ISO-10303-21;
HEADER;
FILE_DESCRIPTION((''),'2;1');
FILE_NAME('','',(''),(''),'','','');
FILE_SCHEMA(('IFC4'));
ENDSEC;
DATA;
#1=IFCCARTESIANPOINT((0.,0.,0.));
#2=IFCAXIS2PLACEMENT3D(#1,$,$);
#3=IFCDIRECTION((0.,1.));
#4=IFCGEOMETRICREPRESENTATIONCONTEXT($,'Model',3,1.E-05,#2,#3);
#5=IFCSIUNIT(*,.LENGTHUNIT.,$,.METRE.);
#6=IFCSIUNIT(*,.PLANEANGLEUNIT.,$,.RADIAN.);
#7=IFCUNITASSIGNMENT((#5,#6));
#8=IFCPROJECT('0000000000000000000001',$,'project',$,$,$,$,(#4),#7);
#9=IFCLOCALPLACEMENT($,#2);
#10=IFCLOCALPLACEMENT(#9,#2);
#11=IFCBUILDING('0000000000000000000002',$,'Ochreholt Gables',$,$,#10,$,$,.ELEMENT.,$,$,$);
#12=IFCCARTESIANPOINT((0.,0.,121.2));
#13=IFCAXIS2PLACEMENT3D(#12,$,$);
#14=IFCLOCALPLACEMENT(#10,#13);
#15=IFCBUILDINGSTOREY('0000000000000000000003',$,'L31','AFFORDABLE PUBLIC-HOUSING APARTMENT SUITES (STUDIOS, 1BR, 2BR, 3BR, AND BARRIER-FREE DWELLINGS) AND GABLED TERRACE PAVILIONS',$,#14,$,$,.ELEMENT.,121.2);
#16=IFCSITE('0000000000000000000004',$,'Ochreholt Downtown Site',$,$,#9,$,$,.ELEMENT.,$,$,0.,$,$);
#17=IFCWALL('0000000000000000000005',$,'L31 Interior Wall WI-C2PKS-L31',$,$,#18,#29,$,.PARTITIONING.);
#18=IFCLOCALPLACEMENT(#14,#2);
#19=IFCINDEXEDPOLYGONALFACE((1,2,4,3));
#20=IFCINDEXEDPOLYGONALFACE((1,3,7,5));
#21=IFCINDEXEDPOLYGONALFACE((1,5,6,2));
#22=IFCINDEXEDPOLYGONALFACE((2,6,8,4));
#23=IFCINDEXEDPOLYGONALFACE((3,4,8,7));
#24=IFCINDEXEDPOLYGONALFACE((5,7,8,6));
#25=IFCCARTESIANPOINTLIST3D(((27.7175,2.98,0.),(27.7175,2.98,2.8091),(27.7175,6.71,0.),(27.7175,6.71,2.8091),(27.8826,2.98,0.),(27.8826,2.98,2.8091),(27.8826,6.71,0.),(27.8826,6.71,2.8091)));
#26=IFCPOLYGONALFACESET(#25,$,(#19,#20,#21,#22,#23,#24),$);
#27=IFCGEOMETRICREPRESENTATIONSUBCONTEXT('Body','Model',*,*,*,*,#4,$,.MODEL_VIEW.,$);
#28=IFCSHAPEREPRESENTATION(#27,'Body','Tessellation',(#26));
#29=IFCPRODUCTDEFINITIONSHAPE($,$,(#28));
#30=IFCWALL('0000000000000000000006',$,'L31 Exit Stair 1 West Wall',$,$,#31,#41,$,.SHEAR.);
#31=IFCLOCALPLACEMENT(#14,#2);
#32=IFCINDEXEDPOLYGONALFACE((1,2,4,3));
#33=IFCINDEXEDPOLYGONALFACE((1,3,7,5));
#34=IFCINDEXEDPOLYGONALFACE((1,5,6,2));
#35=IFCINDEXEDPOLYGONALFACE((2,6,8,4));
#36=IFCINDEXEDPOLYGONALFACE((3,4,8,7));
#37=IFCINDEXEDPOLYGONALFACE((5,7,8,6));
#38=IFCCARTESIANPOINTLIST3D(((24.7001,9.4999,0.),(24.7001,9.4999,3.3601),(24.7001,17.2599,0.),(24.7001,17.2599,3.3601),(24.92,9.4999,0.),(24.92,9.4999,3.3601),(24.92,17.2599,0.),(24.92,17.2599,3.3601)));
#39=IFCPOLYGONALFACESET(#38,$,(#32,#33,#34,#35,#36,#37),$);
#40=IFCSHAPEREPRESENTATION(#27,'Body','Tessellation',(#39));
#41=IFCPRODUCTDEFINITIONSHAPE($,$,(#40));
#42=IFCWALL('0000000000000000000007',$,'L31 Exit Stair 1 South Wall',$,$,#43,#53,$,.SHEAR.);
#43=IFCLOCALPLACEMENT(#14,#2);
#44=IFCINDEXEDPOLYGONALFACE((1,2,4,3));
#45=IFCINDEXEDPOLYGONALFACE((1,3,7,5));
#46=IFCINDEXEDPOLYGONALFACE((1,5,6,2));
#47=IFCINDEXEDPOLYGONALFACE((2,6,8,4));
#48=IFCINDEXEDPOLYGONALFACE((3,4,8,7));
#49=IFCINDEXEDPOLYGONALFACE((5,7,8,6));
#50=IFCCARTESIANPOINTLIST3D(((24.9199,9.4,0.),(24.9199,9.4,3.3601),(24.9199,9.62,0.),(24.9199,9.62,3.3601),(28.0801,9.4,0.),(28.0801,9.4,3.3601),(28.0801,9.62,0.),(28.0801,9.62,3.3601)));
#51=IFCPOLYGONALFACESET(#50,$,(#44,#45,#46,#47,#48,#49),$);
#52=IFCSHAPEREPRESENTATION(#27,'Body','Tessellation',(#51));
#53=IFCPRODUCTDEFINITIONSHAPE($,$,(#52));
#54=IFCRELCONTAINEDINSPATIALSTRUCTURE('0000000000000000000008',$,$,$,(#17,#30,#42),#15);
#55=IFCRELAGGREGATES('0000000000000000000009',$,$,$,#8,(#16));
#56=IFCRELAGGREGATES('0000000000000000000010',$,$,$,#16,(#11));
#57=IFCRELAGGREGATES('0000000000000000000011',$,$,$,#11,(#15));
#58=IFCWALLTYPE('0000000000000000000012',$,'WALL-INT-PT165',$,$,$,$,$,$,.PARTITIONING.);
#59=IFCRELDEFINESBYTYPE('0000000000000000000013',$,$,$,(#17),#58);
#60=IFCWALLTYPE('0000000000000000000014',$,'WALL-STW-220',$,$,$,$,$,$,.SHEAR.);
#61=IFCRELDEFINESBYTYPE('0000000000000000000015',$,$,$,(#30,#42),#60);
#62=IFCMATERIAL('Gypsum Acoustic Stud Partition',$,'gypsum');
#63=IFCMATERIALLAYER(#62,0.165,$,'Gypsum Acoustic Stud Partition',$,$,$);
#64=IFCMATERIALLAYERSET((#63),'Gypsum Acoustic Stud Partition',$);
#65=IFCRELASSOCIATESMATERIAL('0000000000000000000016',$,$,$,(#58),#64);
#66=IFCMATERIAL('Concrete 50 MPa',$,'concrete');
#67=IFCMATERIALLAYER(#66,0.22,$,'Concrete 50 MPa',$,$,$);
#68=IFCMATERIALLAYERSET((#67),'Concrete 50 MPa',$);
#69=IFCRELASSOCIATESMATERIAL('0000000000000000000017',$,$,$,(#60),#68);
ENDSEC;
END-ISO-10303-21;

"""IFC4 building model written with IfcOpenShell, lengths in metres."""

from ifc_helpers import new_model, si_unit, direction, frame, frame_2d, origin, place, context, subcontext, project, spatial, rectangle, extrude, material, layer, layer_set, type_object, element, save


model = new_model("IFC4")

# Units and contexts
model_context = context("Model", 3, precision=1e-05, world=origin(), true_north=direction((0.0, 1.0)))
body_context = subcontext(model_context, "Body", "Model", "MODEL_VIEW")
ifc_project = project(units=[si_unit("LENGTHUNIT", "METRE"), si_unit("PLANEANGLEUNIT", "RADIAN")], contexts=[model_context])

# Site, building, storey
site_placement = place(None, origin())
site = spatial("IfcSite", under=ifc_project, at=site_placement, Name="Ochreholt Downtown Site", CompositionType="ELEMENT", RefElevation=0.0)
building_placement = place(site_placement, origin())
building = spatial("IfcBuilding", under=site, at=building_placement, Name="Ochreholt Gables", CompositionType="ELEMENT")
storey_placement = place(building_placement, frame((0.0, 0.0, 121.2)))
storey = spatial("IfcBuildingStorey", under=building, at=storey_placement, Name="L31", Description="AFFORDABLE PUBLIC-HOUSING APARTMENT SUITES (STUDIOS, 1BR, 2BR, 3BR, AND BARRIER-FREE DWELLINGS) AND GABLED TERRACE PAVILIONS", CompositionType="ELEMENT", Elevation=121.2)

# Walls
ifc_material_1 = material(Name="Gypsum Acoustic Stud Partition", Category="gypsum")
ifc_layer_1 = layer(ifc_material_1, 0.165, Name="Gypsum Acoustic Stud Partition")
ifc_layer_set_1 = layer_set([ifc_layer_1], Name="Gypsum Acoustic Stud Partition")
wall_type_1 = type_object("IfcWallType", Name="WALL-INT-PT165", PredefinedType="PARTITIONING", material=ifc_layer_set_1)
wall_1_placement = place(storey_placement, frame((27.8, 2.98, 0.0), z_axis=(0.0, 0.0, 1.0), x_axis=(0.0, 1.0, 0.0)))
element("IfcWall", 1, at=wall_1_placement, inside=storey, type_object=wall_type_1, Name="L31 Interior Wall WI-C2PKS-L31", PredefinedType="PARTITIONING", context=body_context, shape_type="SweptSolid", body=[
    extrude(rectangle(XDim=3.73, YDim=0.165, at=frame_2d((1.865, 0.0))), origin(), (0.0, 0.0, 1.0), 2.8091),
])
ifc_material_2 = material(Name="Concrete 50 MPa", Category="concrete")
ifc_layer_2 = layer(ifc_material_2, 0.22, Name="Concrete 50 MPa")
ifc_layer_set_2 = layer_set([ifc_layer_2], Name="Concrete 50 MPa")
wall_type_2 = type_object("IfcWallType", Name="WALL-STW-220", PredefinedType="SHEAR", material=ifc_layer_set_2)
wall_2_placement = place(storey_placement, frame((24.8101, 9.5, 0.0), z_axis=(0.0, 0.0, 1.0), x_axis=(0.0, 1.0, 0.0)))
element("IfcWall", 2, at=wall_2_placement, inside=storey, type_object=wall_type_2, Name="L31 Exit Stair 1 West Wall", PredefinedType="SHEAR", context=body_context, shape_type="SweptSolid", body=[
    extrude(rectangle(XDim=7.76, YDim=0.22, at=frame_2d((3.8799, 0.0))), origin(), (0.0, 0.0, 1.0), 3.3601),
])
wall_3_placement = place(storey_placement, frame((24.9199, 9.51, 0.0), z_axis=(0.0, 0.0, 1.0), x_axis=(1.0, 0.0, 0.0)))
element("IfcWall", 3, at=wall_3_placement, inside=storey, type_object=wall_type_2, Name="L31 Exit Stair 1 South Wall", PredefinedType="SHEAR", context=body_context, shape_type="SweptSolid", body=[
    extrude(rectangle(XDim=3.1602, YDim=0.22, at=frame_2d((1.5801, 0.0))), origin(), (0.0, 0.0, 1.0), 3.3601),
])

save(model, "model.ifc")
